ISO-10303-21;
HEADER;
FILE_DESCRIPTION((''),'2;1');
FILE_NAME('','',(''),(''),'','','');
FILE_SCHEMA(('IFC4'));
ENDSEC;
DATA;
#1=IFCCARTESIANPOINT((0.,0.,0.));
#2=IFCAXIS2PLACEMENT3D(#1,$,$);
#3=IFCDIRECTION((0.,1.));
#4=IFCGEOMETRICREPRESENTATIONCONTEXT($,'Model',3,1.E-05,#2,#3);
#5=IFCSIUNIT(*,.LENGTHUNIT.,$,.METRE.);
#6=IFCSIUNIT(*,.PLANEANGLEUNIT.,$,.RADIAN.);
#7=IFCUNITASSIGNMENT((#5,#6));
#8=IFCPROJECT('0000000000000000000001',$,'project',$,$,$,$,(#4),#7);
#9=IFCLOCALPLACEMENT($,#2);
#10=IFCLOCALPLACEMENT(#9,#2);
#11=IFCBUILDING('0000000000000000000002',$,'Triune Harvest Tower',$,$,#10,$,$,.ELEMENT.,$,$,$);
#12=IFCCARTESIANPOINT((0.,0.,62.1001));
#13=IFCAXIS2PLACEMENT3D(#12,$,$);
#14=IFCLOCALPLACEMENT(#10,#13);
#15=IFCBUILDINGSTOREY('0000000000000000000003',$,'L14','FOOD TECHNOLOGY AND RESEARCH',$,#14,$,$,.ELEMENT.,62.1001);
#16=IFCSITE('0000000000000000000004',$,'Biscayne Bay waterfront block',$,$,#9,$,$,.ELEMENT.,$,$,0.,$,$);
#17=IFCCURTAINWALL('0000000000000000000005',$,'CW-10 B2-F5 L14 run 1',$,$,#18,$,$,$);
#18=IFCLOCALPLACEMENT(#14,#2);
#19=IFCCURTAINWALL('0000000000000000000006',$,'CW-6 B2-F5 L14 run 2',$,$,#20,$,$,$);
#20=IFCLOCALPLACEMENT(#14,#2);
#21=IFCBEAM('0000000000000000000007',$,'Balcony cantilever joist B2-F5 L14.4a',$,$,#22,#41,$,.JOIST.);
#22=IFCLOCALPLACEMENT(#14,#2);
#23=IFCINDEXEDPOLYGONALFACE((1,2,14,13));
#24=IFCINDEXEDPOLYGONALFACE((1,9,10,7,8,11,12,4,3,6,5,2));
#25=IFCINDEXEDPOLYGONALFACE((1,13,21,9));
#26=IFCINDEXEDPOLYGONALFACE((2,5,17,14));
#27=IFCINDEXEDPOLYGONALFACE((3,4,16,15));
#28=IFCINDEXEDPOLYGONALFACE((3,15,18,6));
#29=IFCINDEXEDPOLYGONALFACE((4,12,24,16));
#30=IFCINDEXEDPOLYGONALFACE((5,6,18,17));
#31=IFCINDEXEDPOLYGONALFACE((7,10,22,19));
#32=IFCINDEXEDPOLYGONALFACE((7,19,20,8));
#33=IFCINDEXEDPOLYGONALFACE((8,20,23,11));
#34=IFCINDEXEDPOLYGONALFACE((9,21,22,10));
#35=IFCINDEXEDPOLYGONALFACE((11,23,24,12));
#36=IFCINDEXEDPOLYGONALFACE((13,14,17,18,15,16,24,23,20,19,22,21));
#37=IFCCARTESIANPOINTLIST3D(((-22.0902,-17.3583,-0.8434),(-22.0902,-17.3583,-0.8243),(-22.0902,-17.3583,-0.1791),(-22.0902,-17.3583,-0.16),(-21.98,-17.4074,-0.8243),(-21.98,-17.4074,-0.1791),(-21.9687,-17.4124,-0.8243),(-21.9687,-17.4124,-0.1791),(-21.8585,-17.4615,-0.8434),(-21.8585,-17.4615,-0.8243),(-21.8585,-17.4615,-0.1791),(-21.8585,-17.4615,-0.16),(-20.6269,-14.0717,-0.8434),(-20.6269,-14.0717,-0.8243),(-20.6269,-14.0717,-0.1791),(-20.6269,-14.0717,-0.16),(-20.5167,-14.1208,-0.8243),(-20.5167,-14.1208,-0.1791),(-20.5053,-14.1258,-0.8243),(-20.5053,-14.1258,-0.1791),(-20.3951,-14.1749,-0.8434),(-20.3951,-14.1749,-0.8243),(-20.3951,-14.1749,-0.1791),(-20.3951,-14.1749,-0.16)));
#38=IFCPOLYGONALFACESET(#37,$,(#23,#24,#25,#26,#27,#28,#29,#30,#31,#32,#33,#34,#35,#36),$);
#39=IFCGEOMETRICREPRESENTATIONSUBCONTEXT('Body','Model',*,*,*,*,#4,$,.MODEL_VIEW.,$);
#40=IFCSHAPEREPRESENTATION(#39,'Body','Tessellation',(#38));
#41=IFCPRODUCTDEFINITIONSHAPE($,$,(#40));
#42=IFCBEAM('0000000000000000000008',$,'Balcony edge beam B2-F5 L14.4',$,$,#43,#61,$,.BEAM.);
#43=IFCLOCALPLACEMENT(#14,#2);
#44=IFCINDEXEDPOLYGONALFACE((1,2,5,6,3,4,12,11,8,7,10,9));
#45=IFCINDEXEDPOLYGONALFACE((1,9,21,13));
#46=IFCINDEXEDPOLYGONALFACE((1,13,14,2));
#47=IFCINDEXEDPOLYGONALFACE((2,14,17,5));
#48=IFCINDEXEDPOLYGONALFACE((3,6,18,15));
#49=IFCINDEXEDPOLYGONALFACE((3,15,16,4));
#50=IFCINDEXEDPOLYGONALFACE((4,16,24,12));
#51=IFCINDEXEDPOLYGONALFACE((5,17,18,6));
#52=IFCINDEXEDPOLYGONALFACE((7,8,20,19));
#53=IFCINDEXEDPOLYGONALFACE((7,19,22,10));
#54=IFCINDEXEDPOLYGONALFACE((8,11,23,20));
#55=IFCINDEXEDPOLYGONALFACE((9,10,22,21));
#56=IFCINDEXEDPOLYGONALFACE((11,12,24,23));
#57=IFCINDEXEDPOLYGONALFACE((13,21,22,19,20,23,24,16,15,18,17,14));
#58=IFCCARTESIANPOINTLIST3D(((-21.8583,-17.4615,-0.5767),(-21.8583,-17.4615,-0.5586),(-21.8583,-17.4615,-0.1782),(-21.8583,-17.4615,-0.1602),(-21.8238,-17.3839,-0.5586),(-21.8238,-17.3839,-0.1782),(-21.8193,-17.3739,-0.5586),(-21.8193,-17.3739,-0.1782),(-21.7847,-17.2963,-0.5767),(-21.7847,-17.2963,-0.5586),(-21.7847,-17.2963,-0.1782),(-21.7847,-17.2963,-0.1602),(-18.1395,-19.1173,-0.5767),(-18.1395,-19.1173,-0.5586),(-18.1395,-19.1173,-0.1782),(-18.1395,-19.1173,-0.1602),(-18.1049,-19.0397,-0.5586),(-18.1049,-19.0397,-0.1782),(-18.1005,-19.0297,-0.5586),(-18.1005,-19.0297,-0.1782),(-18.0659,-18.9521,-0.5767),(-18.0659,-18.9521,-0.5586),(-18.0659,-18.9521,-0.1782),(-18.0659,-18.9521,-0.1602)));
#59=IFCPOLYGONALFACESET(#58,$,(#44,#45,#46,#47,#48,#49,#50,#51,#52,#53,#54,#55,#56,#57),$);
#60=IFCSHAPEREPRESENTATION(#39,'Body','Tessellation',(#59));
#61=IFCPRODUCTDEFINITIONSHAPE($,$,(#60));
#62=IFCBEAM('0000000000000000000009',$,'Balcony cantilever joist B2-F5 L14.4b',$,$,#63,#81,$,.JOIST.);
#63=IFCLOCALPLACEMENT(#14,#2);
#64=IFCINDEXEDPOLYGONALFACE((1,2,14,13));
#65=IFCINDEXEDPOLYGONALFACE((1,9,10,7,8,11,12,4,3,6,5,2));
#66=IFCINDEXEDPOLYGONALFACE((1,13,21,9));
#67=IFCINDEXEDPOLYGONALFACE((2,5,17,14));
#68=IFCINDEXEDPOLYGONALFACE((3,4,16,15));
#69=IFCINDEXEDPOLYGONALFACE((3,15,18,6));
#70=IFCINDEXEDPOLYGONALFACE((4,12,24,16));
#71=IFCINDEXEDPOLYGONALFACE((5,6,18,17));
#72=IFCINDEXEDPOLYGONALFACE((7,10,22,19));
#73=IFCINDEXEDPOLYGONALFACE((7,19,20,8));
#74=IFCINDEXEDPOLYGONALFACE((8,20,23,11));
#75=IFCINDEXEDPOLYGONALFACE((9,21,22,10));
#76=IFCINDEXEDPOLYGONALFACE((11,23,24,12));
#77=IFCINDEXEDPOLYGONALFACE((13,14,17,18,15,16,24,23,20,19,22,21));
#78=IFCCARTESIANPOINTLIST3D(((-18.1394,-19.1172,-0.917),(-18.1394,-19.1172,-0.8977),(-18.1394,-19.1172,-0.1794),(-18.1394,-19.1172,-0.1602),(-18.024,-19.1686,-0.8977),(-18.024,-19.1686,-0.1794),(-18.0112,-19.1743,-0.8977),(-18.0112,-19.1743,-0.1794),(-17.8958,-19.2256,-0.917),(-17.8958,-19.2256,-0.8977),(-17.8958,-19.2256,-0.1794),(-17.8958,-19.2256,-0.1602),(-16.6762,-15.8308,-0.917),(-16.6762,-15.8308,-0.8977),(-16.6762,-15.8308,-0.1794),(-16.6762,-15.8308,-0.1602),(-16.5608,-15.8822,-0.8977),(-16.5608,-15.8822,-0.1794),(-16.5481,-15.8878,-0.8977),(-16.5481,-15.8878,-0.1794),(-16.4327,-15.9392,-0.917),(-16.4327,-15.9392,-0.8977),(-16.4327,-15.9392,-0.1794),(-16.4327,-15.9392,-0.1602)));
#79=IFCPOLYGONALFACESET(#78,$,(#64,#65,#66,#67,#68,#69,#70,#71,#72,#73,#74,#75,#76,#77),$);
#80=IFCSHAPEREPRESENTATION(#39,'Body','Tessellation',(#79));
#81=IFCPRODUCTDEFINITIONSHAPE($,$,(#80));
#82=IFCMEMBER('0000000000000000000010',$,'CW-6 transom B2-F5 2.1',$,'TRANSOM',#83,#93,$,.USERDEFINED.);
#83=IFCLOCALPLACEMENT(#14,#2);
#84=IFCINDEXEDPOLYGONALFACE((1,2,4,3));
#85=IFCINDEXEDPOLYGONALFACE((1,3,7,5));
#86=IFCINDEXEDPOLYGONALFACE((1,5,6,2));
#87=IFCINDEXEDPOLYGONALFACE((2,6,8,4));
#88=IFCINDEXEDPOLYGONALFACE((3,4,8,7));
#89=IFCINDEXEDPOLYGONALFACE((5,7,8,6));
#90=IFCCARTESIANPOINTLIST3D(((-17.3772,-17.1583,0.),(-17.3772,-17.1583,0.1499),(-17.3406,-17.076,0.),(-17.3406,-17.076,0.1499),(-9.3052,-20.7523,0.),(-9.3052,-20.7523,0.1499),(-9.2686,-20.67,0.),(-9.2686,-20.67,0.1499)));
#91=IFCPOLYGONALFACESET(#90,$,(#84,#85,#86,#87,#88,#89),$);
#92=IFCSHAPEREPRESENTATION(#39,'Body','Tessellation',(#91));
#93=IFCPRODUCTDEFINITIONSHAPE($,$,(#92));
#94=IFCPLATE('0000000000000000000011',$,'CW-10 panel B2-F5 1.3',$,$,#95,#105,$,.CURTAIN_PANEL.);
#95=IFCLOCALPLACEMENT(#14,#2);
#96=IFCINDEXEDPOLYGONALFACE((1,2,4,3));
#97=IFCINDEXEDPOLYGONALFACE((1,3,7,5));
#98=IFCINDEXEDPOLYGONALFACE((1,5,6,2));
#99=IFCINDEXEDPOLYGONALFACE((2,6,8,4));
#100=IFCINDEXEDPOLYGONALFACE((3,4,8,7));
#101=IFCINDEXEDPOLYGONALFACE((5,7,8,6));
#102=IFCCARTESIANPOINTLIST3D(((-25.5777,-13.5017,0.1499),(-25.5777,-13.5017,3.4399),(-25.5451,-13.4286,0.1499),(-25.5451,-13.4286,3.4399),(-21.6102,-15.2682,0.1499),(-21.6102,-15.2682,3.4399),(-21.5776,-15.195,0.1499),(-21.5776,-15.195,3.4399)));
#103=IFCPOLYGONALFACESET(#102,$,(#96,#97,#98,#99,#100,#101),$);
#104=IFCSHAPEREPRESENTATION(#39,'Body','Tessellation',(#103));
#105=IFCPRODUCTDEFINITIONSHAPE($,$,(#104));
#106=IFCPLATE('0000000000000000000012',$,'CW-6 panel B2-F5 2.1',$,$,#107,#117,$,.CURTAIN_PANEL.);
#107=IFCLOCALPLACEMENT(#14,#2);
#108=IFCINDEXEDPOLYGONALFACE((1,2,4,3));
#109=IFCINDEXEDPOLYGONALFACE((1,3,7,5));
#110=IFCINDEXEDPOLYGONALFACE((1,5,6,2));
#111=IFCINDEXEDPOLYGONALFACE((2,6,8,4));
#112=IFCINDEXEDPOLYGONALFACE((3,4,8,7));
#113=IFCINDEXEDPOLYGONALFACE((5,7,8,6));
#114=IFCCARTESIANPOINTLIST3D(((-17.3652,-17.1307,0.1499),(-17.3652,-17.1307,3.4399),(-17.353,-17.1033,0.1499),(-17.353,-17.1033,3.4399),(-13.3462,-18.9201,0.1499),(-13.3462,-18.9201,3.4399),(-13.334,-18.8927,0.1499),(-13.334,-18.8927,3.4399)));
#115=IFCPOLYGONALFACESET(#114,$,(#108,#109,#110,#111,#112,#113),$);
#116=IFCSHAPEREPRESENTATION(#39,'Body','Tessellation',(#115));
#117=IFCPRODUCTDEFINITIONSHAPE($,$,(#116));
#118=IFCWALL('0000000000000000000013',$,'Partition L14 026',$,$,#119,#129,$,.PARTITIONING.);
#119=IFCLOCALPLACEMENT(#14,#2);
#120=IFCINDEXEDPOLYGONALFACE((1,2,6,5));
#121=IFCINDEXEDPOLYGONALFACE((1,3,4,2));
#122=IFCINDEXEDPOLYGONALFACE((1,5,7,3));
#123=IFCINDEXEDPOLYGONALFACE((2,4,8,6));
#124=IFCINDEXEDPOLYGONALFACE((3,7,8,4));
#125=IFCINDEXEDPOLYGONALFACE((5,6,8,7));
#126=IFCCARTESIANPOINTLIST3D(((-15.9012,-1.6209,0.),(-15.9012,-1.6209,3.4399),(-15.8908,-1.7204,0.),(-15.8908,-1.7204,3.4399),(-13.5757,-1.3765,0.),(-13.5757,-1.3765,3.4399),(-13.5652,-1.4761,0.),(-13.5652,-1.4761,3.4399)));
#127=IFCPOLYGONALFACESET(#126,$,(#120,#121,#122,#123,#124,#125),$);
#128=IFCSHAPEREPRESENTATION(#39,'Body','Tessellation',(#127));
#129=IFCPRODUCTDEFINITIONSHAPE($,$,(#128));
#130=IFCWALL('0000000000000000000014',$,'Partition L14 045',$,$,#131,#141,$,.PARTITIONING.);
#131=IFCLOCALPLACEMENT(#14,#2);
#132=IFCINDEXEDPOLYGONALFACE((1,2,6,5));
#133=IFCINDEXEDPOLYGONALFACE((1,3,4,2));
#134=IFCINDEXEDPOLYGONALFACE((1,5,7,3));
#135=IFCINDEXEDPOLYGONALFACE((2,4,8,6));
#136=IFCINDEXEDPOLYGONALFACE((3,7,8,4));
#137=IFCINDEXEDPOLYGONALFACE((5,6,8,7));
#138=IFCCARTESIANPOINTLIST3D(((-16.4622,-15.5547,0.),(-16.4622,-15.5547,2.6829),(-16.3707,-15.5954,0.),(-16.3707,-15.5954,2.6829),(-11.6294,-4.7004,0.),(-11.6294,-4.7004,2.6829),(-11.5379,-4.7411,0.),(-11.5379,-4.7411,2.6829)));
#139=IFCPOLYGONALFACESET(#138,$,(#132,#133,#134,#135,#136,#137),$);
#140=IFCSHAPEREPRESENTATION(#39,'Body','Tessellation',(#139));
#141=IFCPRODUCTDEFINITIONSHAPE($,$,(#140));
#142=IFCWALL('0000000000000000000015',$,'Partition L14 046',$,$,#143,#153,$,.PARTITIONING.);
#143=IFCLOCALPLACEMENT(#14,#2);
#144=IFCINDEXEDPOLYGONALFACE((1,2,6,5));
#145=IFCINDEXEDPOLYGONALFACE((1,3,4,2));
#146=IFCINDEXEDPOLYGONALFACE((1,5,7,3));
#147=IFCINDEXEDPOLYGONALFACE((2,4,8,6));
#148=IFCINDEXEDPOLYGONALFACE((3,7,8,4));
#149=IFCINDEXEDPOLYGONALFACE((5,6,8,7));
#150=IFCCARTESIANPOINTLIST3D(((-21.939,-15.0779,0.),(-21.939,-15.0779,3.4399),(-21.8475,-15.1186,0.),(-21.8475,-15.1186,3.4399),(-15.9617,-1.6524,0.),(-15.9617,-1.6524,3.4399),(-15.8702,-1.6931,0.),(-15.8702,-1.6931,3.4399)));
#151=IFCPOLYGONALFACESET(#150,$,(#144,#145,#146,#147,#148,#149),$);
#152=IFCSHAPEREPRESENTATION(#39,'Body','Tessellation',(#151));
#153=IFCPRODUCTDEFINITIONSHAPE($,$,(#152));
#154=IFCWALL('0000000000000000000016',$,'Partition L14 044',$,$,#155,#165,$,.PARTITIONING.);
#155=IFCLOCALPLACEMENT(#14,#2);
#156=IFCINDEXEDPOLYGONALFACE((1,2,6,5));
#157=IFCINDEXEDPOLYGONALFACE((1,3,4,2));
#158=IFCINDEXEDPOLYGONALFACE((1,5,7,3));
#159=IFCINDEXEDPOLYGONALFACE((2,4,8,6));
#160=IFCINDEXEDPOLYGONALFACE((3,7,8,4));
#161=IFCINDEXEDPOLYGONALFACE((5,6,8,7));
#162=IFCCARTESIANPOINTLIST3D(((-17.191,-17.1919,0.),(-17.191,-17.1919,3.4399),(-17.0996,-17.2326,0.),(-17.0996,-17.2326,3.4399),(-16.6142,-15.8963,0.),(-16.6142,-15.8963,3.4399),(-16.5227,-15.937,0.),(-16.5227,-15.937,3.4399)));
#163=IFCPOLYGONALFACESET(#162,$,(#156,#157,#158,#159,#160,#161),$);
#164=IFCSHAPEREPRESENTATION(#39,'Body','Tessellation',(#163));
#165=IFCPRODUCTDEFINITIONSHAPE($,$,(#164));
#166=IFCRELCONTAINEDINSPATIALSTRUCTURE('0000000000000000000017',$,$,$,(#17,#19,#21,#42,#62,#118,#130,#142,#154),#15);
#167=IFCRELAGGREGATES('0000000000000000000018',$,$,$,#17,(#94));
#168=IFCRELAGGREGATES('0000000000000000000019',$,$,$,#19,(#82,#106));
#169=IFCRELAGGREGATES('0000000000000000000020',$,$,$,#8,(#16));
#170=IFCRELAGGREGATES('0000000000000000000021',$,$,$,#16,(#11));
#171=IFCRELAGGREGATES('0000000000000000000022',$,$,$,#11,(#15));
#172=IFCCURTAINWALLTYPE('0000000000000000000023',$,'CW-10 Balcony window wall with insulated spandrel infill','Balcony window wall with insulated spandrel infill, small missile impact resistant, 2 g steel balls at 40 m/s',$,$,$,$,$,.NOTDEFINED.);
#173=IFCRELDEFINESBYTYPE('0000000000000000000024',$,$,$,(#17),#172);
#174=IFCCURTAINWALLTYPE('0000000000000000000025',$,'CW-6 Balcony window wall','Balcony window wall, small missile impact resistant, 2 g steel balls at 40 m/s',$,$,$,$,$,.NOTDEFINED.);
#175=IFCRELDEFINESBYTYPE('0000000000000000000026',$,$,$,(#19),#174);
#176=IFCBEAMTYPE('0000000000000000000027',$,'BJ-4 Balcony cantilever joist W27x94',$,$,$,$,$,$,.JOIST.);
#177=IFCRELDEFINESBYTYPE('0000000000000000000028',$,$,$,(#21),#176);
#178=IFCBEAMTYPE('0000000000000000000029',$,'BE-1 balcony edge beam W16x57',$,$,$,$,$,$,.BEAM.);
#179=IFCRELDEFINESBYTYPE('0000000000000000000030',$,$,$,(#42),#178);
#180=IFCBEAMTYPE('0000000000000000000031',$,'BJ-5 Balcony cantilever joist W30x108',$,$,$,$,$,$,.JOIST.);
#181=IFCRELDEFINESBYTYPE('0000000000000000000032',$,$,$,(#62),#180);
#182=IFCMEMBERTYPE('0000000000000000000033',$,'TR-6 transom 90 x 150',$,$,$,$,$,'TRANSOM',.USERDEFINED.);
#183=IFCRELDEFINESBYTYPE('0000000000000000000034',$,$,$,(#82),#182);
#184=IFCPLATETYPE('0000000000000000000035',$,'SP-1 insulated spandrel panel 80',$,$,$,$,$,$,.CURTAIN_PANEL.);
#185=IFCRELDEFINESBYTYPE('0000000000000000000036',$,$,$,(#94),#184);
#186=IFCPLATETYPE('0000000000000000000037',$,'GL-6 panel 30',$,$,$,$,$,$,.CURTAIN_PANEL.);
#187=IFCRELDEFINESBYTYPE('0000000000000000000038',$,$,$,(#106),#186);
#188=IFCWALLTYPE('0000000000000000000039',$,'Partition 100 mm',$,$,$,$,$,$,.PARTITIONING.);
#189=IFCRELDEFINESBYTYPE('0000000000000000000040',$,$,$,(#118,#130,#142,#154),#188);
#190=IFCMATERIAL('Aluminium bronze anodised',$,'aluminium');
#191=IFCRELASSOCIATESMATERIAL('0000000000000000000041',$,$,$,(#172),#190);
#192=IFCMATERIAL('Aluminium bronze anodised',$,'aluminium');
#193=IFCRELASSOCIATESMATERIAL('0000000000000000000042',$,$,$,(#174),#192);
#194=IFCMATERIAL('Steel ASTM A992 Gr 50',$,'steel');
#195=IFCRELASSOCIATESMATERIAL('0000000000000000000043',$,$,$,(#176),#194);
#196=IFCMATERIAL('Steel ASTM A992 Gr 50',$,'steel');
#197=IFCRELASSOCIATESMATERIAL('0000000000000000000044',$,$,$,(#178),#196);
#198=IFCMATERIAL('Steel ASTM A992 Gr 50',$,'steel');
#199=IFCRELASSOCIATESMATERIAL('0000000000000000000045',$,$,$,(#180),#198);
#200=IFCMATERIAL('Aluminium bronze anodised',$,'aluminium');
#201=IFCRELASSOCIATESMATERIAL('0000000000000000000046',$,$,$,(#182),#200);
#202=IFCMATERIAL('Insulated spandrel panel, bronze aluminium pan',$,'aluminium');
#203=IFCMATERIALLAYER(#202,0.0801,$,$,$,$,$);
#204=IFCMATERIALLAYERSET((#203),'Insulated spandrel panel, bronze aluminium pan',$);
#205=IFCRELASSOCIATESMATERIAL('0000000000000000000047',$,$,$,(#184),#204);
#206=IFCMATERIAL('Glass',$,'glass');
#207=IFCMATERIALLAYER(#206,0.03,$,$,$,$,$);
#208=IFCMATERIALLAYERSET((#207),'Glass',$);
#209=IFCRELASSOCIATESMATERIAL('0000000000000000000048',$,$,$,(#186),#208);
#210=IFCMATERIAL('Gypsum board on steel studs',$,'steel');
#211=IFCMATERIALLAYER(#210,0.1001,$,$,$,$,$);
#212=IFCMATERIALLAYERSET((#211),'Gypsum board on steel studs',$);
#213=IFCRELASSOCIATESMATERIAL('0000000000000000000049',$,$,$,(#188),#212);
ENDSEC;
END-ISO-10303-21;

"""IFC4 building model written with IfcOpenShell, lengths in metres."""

from ifc_helpers import new_model, si_unit, direction, frame, frame_2d, origin, origin_2d, place, context, subcontext, project, spatial, rectangle, i_section, extrude, source, transform, mapped, material, layer, layer_set, material_profile, profile_set, type_object, element, aggregate, save


model = new_model("IFC4")

# Units and contexts
model_context = context("Model", 3, precision=1e-05, world=origin(), true_north=direction((0.0, 1.0)))
body_context = subcontext(model_context, "Body", "Model", "MODEL_VIEW")
ifc_project = project(units=[si_unit("LENGTHUNIT", "METRE"), si_unit("PLANEANGLEUNIT", "RADIAN")], contexts=[model_context])

# Site, building, storey
site_placement = place(None, origin())
site = spatial("IfcSite", under=ifc_project, at=site_placement, Name="Biscayne Bay waterfront block", CompositionType="ELEMENT", RefElevation=0.0)
building_placement = place(site_placement, origin())
building = spatial("IfcBuilding", under=site, at=building_placement, Name="Triune Harvest Tower", CompositionType="ELEMENT")
storey_placement = place(building_placement, frame((0.0, 0.0, 62.1001)))
storey = spatial("IfcBuildingStorey", under=building, at=storey_placement, Name="L14", Description="FOOD TECHNOLOGY AND RESEARCH", CompositionType="ELEMENT", Elevation=62.1001)

# Curtain walls
ifc_material_1 = material(Name="Aluminium bronze anodised", Category="aluminium")
curtain_wall_type_1 = type_object("IfcCurtainWallType", Name="CW-10 Balcony window wall with insulated spandrel infill", Description="Balcony window wall with insulated spandrel infill, small missile impact resistant, 2 g steel balls at 40 m/s", PredefinedType="NOTDEFINED", material=ifc_material_1)
curtain_wall_1_placement = place(storey_placement, origin())
curtain_wall_1 = element("IfcCurtainWall", 1, at=curtain_wall_1_placement, inside=storey, type_object=curtain_wall_type_1, Name="CW-10 B2-F5 L14 run 1")
ifc_material_2 = material(Name="Aluminium bronze anodised", Category="aluminium")
curtain_wall_type_2 = type_object("IfcCurtainWallType", Name="CW-6 Balcony window wall", Description="Balcony window wall, small missile impact resistant, 2 g steel balls at 40 m/s", PredefinedType="NOTDEFINED", material=ifc_material_2)
curtain_wall_2_placement = place(storey_placement, origin())
curtain_wall_2 = element("IfcCurtainWall", 2, at=curtain_wall_2_placement, inside=storey, type_object=curtain_wall_type_2, Name="CW-6 B2-F5 L14 run 2")

# Beams
ifc_material_3 = material(Name="Steel ASTM A992 Gr 50", Category="steel")
ifc_material_profile_1 = material_profile(ifc_material_3, i_section(OverallWidth=0.2537, OverallDepth=0.6833, WebThickness=0.0125, FlangeThickness=0.019, at=origin_2d()), Name="W27x94")
ifc_profile_set_1 = profile_set([ifc_material_profile_1], Name="Steel ASTM A992 Gr 50")
beam_type_1 = type_object("IfcBeamType", Name="BJ-4 Balcony cantilever joist W27x94", PredefinedType="JOIST", material=ifc_profile_set_1)
shared_shape_1 = source(origin(), body_context, "Body", "SweptSolid", [
    extrude(i_section(OverallWidth=0.2537, OverallDepth=0.6833, WebThickness=0.0125, FlangeThickness=0.019, at=origin_2d()), origin(), (0.0, 0.0, 1.0), 3.5977),
])
beam_1_placement = place(storey_placement, frame((-20.511, -14.1233, -0.5017), z_axis=(-0.406755, -0.913537, 0.0), x_axis=(0.913537, -0.406755, 0.0)))
element("IfcBeam", 3, at=beam_1_placement, inside=storey, type_object=beam_type_1, Name="Balcony cantilever joist B2-F5 L14.4a", PredefinedType="JOIST", context=body_context, shape_type="MappedRepresentation", body=[
    mapped(shared_shape_1, transform((0.0, 0.0, 0.0), scale=1.0)),
])
ifc_material_4 = material(Name="Steel ASTM A992 Gr 50", Category="steel")
ifc_material_profile_2 = material_profile(ifc_material_4, i_section(OverallWidth=0.1809, OverallDepth=0.4165, WebThickness=0.011, FlangeThickness=0.0181, at=origin_2d()), Name="W16x57")
ifc_profile_set_2 = profile_set([ifc_material_profile_2], Name="Steel ASTM A992 Gr 50")
beam_type_2 = type_object("IfcBeamType", Name="BE-1 balcony edge beam W16x57", PredefinedType="BEAM", material=ifc_profile_set_2)
shared_shape_2 = source(origin(), body_context, "Body", "SweptSolid", [
    extrude(i_section(OverallWidth=0.1809, OverallDepth=0.4165, WebThickness=0.011, FlangeThickness=0.0181, at=origin_2d()), origin(), (0.0, 0.0, 1.0), 4.0708),
])
beam_2_placement = place(storey_placement, frame((-21.8215, -17.3789, -0.3684), z_axis=(0.913539, -0.40675, 0.0), x_axis=(0.40675, 0.913539, 0.0)))
element("IfcBeam", 4, at=beam_2_placement, inside=storey, type_object=beam_type_2, Name="Balcony edge beam B2-F5 L14.4", PredefinedType="BEAM", context=body_context, shape_type="MappedRepresentation", body=[
    mapped(shared_shape_2, transform((0.0, 0.0, 0.0), scale=1.0)),
])
ifc_material_5 = material(Name="Steel ASTM A992 Gr 50", Category="steel")
ifc_material_profile_3 = material_profile(ifc_material_5, i_section(OverallWidth=0.2666, OverallDepth=0.7568, WebThickness=0.0139, FlangeThickness=0.0193, at=origin_2d()), Name="W30x108")
ifc_profile_set_3 = profile_set([ifc_material_profile_3], Name="Steel ASTM A992 Gr 50")
beam_type_3 = type_object("IfcBeamType", Name="BJ-5 Balcony cantilever joist W30x108", PredefinedType="JOIST", material=ifc_profile_set_3)
shared_shape_3 = source(origin(), body_context, "Body", "SweptSolid", [
    extrude(i_section(OverallWidth=0.2666, OverallDepth=0.7568, WebThickness=0.0139, FlangeThickness=0.0193, at=origin_2d()), origin(), (0.0, 0.0, 1.0), 3.5974),
])
beam_3_placement = place(storey_placement, frame((-16.5544, -15.885, -0.5386), z_axis=(-0.406724, -0.913551, 0.0), x_axis=(0.913551, -0.406724, 0.0)))
element("IfcBeam", 5, at=beam_3_placement, inside=storey, type_object=beam_type_3, Name="Balcony cantilever joist B2-F5 L14.4b", PredefinedType="JOIST", context=body_context, shape_type="MappedRepresentation", body=[
    mapped(shared_shape_3, transform((0.0, 0.0, 0.0), scale=1.0)),
])

# Member
ifc_material_6 = material(Name="Aluminium bronze anodised", Category="aluminium")
ifc_material_profile_4 = material_profile(ifc_material_6, rectangle(XDim=0.0901, YDim=0.1499, at=origin_2d()), Name="TR-6 transom 90 x 150")
ifc_profile_set_4 = profile_set([ifc_material_profile_4], Name="Aluminium bronze anodised")
member_type_1 = type_object("IfcMemberType", Name="TR-6 transom 90 x 150", ElementType="TRANSOM", PredefinedType="USERDEFINED", material=ifc_profile_set_4)
shared_shape_4 = source(origin(), body_context, "Body", "SweptSolid", [
    extrude(rectangle(XDim=0.0901, YDim=0.1499, at=origin_2d()), origin(), (0.0, 0.0, 1.0), 8.8359),
])
member_1_placement = place(storey_placement, frame((-17.3589, -17.1172, 0.075), z_axis=(0.913541, -0.406746, 0.0), x_axis=(0.406746, 0.913541, 0.0)))
member_1 = element("IfcMember", 6, at=member_1_placement, type_object=member_type_1, Name="CW-6 transom B2-F5 2.1", ObjectType="TRANSOM", PredefinedType="USERDEFINED", context=body_context, shape_type="MappedRepresentation", body=[
    mapped(shared_shape_4, transform((0.0, 0.0, 0.0), scale=1.0)),
])

# Plates
ifc_material_7 = material(Name="Insulated spandrel panel, bronze aluminium pan", Category="aluminium")
ifc_layer_1 = layer(ifc_material_7, 0.0801)
ifc_layer_set_1 = layer_set([ifc_layer_1], Name="Insulated spandrel panel, bronze aluminium pan")
plate_type_1 = type_object("IfcPlateType", Name="SP-1 insulated spandrel panel 80", PredefinedType="CURTAIN_PANEL", material=ifc_layer_set_1)
shared_shape_5 = source(origin(), body_context, "Body", "SweptSolid", [
    extrude(rectangle(XDim=4.343, YDim=0.0801, at=origin_2d()), origin(), (0.0, 0.0, 1.0), 3.29),
])
plate_1_placement = place(storey_placement, frame((-23.5776, -14.3484, 0.1499), z_axis=(0.0, 0.0, 1.0), x_axis=(0.913545, -0.406737, 0.0)))
plate_1 = element("IfcPlate", 7, at=plate_1_placement, type_object=plate_type_1, Name="CW-10 panel B2-F5 1.3", PredefinedType="CURTAIN_PANEL", context=body_context, shape_type="MappedRepresentation", body=[
    mapped(shared_shape_5, transform((0.0, 0.0, 0.0), scale=1.0)),
])
aggregate(curtain_wall_1, [plate_1])
ifc_material_8 = material(Name="Glass", Category="glass")
ifc_layer_2 = layer(ifc_material_8, 0.03)
ifc_layer_set_2 = layer_set([ifc_layer_2], Name="Glass")
plate_type_2 = type_object("IfcPlateType", Name="GL-6 panel 30", PredefinedType="CURTAIN_PANEL", material=ifc_layer_set_2)
shared_shape_6 = source(origin(), body_context, "Body", "SweptSolid", [
    extrude(rectangle(XDim=4.3994, YDim=0.03, at=origin_2d()), origin(), (0.0, 0.0, 1.0), 3.29),
])
plate_2_placement = place(storey_placement, frame((-15.3496, -18.0117, 0.1499), z_axis=(0.0, 0.0, 1.0), x_axis=(0.913545, -0.406737, 0.0)))
plate_2 = element("IfcPlate", 8, at=plate_2_placement, type_object=plate_type_2, Name="CW-6 panel B2-F5 2.1", PredefinedType="CURTAIN_PANEL", context=body_context, shape_type="MappedRepresentation", body=[
    mapped(shared_shape_6, transform((0.0, 0.0, 0.0), scale=1.0)),
])
aggregate(curtain_wall_2, [member_1, plate_2])

# Walls
ifc_material_9 = material(Name="Gypsum board on steel studs", Category="steel")
ifc_layer_3 = layer(ifc_material_9, 0.1001)
ifc_layer_set_3 = layer_set([ifc_layer_3], Name="Gypsum board on steel studs")
wall_type_1 = type_object("IfcWallType", Name="Partition 100 mm", PredefinedType="PARTITIONING", material=ifc_layer_set_3)
wall_1_placement = place(storey_placement, frame((-15.896, -1.6707, 0.0), z_axis=(0.0, 0.0, 1.0), x_axis=(0.994524, 0.104505, 0.0)))
element("IfcWall", 9, at=wall_1_placement, inside=storey, type_object=wall_type_1, Name="Partition L14 026", PredefinedType="PARTITIONING", context=body_context, shape_type="SweptSolid", body=[
    extrude(rectangle(XDim=2.3384, YDim=0.1001, at=frame_2d((1.1692, 0.0))), origin(), (0.0, 0.0, 1.0), 3.4399),
])
wall_2_placement = place(storey_placement, frame((-16.4165, -15.5752, 0.0), z_axis=(0.0, 0.0, 1.0), x_axis=(0.406747, 0.913541, 0.0)))
element("IfcWall", 10, at=wall_2_placement, inside=storey, type_object=wall_type_1, Name="Partition L14 045", PredefinedType="PARTITIONING", context=body_context, shape_type="SweptSolid", body=[
    extrude(rectangle(XDim=11.8816, YDim=0.1001, at=frame_2d((5.9409, 0.0))), origin(), (0.0, 0.0, 1.0), 2.6829),
])
wall_3_placement = place(storey_placement, frame((-21.8933, -15.0984, 0.0), z_axis=(0.0, 0.0, 1.0), x_axis=(0.406729, 0.913549, 0.0)))
element("IfcWall", 11, at=wall_3_placement, inside=storey, type_object=wall_type_1, Name="Partition L14 046", PredefinedType="PARTITIONING", context=body_context, shape_type="SweptSolid", body=[
    extrude(rectangle(XDim=14.696, YDim=0.1001, at=frame_2d((7.3481, 0.0))), origin(), (0.0, 0.0, 1.0), 3.4399),
])

# Wall
shared_shape_7 = source(origin(), body_context, "Body", "SweptSolid", [
    extrude(rectangle(XDim=1.4182, YDim=0.1001, at=frame_2d((0.709, 0.0))), origin(), (0.0, 0.0, 1.0), 3.4399),
])
wall_4_placement = place(storey_placement, frame((-17.1453, -17.2122, 0.0), z_axis=(0.0, 0.0, 1.0), x_axis=(0.406761, 0.913534, 0.0)))
element("IfcWall", 12, at=wall_4_placement, inside=storey, type_object=wall_type_1, Name="Partition L14 044", PredefinedType="PARTITIONING", context=body_context, shape_type="MappedRepresentation", body=[
    mapped(shared_shape_7, transform((0.0, 0.0, 0.0), scale=1.0)),
])

save(model, "model.ifc")
